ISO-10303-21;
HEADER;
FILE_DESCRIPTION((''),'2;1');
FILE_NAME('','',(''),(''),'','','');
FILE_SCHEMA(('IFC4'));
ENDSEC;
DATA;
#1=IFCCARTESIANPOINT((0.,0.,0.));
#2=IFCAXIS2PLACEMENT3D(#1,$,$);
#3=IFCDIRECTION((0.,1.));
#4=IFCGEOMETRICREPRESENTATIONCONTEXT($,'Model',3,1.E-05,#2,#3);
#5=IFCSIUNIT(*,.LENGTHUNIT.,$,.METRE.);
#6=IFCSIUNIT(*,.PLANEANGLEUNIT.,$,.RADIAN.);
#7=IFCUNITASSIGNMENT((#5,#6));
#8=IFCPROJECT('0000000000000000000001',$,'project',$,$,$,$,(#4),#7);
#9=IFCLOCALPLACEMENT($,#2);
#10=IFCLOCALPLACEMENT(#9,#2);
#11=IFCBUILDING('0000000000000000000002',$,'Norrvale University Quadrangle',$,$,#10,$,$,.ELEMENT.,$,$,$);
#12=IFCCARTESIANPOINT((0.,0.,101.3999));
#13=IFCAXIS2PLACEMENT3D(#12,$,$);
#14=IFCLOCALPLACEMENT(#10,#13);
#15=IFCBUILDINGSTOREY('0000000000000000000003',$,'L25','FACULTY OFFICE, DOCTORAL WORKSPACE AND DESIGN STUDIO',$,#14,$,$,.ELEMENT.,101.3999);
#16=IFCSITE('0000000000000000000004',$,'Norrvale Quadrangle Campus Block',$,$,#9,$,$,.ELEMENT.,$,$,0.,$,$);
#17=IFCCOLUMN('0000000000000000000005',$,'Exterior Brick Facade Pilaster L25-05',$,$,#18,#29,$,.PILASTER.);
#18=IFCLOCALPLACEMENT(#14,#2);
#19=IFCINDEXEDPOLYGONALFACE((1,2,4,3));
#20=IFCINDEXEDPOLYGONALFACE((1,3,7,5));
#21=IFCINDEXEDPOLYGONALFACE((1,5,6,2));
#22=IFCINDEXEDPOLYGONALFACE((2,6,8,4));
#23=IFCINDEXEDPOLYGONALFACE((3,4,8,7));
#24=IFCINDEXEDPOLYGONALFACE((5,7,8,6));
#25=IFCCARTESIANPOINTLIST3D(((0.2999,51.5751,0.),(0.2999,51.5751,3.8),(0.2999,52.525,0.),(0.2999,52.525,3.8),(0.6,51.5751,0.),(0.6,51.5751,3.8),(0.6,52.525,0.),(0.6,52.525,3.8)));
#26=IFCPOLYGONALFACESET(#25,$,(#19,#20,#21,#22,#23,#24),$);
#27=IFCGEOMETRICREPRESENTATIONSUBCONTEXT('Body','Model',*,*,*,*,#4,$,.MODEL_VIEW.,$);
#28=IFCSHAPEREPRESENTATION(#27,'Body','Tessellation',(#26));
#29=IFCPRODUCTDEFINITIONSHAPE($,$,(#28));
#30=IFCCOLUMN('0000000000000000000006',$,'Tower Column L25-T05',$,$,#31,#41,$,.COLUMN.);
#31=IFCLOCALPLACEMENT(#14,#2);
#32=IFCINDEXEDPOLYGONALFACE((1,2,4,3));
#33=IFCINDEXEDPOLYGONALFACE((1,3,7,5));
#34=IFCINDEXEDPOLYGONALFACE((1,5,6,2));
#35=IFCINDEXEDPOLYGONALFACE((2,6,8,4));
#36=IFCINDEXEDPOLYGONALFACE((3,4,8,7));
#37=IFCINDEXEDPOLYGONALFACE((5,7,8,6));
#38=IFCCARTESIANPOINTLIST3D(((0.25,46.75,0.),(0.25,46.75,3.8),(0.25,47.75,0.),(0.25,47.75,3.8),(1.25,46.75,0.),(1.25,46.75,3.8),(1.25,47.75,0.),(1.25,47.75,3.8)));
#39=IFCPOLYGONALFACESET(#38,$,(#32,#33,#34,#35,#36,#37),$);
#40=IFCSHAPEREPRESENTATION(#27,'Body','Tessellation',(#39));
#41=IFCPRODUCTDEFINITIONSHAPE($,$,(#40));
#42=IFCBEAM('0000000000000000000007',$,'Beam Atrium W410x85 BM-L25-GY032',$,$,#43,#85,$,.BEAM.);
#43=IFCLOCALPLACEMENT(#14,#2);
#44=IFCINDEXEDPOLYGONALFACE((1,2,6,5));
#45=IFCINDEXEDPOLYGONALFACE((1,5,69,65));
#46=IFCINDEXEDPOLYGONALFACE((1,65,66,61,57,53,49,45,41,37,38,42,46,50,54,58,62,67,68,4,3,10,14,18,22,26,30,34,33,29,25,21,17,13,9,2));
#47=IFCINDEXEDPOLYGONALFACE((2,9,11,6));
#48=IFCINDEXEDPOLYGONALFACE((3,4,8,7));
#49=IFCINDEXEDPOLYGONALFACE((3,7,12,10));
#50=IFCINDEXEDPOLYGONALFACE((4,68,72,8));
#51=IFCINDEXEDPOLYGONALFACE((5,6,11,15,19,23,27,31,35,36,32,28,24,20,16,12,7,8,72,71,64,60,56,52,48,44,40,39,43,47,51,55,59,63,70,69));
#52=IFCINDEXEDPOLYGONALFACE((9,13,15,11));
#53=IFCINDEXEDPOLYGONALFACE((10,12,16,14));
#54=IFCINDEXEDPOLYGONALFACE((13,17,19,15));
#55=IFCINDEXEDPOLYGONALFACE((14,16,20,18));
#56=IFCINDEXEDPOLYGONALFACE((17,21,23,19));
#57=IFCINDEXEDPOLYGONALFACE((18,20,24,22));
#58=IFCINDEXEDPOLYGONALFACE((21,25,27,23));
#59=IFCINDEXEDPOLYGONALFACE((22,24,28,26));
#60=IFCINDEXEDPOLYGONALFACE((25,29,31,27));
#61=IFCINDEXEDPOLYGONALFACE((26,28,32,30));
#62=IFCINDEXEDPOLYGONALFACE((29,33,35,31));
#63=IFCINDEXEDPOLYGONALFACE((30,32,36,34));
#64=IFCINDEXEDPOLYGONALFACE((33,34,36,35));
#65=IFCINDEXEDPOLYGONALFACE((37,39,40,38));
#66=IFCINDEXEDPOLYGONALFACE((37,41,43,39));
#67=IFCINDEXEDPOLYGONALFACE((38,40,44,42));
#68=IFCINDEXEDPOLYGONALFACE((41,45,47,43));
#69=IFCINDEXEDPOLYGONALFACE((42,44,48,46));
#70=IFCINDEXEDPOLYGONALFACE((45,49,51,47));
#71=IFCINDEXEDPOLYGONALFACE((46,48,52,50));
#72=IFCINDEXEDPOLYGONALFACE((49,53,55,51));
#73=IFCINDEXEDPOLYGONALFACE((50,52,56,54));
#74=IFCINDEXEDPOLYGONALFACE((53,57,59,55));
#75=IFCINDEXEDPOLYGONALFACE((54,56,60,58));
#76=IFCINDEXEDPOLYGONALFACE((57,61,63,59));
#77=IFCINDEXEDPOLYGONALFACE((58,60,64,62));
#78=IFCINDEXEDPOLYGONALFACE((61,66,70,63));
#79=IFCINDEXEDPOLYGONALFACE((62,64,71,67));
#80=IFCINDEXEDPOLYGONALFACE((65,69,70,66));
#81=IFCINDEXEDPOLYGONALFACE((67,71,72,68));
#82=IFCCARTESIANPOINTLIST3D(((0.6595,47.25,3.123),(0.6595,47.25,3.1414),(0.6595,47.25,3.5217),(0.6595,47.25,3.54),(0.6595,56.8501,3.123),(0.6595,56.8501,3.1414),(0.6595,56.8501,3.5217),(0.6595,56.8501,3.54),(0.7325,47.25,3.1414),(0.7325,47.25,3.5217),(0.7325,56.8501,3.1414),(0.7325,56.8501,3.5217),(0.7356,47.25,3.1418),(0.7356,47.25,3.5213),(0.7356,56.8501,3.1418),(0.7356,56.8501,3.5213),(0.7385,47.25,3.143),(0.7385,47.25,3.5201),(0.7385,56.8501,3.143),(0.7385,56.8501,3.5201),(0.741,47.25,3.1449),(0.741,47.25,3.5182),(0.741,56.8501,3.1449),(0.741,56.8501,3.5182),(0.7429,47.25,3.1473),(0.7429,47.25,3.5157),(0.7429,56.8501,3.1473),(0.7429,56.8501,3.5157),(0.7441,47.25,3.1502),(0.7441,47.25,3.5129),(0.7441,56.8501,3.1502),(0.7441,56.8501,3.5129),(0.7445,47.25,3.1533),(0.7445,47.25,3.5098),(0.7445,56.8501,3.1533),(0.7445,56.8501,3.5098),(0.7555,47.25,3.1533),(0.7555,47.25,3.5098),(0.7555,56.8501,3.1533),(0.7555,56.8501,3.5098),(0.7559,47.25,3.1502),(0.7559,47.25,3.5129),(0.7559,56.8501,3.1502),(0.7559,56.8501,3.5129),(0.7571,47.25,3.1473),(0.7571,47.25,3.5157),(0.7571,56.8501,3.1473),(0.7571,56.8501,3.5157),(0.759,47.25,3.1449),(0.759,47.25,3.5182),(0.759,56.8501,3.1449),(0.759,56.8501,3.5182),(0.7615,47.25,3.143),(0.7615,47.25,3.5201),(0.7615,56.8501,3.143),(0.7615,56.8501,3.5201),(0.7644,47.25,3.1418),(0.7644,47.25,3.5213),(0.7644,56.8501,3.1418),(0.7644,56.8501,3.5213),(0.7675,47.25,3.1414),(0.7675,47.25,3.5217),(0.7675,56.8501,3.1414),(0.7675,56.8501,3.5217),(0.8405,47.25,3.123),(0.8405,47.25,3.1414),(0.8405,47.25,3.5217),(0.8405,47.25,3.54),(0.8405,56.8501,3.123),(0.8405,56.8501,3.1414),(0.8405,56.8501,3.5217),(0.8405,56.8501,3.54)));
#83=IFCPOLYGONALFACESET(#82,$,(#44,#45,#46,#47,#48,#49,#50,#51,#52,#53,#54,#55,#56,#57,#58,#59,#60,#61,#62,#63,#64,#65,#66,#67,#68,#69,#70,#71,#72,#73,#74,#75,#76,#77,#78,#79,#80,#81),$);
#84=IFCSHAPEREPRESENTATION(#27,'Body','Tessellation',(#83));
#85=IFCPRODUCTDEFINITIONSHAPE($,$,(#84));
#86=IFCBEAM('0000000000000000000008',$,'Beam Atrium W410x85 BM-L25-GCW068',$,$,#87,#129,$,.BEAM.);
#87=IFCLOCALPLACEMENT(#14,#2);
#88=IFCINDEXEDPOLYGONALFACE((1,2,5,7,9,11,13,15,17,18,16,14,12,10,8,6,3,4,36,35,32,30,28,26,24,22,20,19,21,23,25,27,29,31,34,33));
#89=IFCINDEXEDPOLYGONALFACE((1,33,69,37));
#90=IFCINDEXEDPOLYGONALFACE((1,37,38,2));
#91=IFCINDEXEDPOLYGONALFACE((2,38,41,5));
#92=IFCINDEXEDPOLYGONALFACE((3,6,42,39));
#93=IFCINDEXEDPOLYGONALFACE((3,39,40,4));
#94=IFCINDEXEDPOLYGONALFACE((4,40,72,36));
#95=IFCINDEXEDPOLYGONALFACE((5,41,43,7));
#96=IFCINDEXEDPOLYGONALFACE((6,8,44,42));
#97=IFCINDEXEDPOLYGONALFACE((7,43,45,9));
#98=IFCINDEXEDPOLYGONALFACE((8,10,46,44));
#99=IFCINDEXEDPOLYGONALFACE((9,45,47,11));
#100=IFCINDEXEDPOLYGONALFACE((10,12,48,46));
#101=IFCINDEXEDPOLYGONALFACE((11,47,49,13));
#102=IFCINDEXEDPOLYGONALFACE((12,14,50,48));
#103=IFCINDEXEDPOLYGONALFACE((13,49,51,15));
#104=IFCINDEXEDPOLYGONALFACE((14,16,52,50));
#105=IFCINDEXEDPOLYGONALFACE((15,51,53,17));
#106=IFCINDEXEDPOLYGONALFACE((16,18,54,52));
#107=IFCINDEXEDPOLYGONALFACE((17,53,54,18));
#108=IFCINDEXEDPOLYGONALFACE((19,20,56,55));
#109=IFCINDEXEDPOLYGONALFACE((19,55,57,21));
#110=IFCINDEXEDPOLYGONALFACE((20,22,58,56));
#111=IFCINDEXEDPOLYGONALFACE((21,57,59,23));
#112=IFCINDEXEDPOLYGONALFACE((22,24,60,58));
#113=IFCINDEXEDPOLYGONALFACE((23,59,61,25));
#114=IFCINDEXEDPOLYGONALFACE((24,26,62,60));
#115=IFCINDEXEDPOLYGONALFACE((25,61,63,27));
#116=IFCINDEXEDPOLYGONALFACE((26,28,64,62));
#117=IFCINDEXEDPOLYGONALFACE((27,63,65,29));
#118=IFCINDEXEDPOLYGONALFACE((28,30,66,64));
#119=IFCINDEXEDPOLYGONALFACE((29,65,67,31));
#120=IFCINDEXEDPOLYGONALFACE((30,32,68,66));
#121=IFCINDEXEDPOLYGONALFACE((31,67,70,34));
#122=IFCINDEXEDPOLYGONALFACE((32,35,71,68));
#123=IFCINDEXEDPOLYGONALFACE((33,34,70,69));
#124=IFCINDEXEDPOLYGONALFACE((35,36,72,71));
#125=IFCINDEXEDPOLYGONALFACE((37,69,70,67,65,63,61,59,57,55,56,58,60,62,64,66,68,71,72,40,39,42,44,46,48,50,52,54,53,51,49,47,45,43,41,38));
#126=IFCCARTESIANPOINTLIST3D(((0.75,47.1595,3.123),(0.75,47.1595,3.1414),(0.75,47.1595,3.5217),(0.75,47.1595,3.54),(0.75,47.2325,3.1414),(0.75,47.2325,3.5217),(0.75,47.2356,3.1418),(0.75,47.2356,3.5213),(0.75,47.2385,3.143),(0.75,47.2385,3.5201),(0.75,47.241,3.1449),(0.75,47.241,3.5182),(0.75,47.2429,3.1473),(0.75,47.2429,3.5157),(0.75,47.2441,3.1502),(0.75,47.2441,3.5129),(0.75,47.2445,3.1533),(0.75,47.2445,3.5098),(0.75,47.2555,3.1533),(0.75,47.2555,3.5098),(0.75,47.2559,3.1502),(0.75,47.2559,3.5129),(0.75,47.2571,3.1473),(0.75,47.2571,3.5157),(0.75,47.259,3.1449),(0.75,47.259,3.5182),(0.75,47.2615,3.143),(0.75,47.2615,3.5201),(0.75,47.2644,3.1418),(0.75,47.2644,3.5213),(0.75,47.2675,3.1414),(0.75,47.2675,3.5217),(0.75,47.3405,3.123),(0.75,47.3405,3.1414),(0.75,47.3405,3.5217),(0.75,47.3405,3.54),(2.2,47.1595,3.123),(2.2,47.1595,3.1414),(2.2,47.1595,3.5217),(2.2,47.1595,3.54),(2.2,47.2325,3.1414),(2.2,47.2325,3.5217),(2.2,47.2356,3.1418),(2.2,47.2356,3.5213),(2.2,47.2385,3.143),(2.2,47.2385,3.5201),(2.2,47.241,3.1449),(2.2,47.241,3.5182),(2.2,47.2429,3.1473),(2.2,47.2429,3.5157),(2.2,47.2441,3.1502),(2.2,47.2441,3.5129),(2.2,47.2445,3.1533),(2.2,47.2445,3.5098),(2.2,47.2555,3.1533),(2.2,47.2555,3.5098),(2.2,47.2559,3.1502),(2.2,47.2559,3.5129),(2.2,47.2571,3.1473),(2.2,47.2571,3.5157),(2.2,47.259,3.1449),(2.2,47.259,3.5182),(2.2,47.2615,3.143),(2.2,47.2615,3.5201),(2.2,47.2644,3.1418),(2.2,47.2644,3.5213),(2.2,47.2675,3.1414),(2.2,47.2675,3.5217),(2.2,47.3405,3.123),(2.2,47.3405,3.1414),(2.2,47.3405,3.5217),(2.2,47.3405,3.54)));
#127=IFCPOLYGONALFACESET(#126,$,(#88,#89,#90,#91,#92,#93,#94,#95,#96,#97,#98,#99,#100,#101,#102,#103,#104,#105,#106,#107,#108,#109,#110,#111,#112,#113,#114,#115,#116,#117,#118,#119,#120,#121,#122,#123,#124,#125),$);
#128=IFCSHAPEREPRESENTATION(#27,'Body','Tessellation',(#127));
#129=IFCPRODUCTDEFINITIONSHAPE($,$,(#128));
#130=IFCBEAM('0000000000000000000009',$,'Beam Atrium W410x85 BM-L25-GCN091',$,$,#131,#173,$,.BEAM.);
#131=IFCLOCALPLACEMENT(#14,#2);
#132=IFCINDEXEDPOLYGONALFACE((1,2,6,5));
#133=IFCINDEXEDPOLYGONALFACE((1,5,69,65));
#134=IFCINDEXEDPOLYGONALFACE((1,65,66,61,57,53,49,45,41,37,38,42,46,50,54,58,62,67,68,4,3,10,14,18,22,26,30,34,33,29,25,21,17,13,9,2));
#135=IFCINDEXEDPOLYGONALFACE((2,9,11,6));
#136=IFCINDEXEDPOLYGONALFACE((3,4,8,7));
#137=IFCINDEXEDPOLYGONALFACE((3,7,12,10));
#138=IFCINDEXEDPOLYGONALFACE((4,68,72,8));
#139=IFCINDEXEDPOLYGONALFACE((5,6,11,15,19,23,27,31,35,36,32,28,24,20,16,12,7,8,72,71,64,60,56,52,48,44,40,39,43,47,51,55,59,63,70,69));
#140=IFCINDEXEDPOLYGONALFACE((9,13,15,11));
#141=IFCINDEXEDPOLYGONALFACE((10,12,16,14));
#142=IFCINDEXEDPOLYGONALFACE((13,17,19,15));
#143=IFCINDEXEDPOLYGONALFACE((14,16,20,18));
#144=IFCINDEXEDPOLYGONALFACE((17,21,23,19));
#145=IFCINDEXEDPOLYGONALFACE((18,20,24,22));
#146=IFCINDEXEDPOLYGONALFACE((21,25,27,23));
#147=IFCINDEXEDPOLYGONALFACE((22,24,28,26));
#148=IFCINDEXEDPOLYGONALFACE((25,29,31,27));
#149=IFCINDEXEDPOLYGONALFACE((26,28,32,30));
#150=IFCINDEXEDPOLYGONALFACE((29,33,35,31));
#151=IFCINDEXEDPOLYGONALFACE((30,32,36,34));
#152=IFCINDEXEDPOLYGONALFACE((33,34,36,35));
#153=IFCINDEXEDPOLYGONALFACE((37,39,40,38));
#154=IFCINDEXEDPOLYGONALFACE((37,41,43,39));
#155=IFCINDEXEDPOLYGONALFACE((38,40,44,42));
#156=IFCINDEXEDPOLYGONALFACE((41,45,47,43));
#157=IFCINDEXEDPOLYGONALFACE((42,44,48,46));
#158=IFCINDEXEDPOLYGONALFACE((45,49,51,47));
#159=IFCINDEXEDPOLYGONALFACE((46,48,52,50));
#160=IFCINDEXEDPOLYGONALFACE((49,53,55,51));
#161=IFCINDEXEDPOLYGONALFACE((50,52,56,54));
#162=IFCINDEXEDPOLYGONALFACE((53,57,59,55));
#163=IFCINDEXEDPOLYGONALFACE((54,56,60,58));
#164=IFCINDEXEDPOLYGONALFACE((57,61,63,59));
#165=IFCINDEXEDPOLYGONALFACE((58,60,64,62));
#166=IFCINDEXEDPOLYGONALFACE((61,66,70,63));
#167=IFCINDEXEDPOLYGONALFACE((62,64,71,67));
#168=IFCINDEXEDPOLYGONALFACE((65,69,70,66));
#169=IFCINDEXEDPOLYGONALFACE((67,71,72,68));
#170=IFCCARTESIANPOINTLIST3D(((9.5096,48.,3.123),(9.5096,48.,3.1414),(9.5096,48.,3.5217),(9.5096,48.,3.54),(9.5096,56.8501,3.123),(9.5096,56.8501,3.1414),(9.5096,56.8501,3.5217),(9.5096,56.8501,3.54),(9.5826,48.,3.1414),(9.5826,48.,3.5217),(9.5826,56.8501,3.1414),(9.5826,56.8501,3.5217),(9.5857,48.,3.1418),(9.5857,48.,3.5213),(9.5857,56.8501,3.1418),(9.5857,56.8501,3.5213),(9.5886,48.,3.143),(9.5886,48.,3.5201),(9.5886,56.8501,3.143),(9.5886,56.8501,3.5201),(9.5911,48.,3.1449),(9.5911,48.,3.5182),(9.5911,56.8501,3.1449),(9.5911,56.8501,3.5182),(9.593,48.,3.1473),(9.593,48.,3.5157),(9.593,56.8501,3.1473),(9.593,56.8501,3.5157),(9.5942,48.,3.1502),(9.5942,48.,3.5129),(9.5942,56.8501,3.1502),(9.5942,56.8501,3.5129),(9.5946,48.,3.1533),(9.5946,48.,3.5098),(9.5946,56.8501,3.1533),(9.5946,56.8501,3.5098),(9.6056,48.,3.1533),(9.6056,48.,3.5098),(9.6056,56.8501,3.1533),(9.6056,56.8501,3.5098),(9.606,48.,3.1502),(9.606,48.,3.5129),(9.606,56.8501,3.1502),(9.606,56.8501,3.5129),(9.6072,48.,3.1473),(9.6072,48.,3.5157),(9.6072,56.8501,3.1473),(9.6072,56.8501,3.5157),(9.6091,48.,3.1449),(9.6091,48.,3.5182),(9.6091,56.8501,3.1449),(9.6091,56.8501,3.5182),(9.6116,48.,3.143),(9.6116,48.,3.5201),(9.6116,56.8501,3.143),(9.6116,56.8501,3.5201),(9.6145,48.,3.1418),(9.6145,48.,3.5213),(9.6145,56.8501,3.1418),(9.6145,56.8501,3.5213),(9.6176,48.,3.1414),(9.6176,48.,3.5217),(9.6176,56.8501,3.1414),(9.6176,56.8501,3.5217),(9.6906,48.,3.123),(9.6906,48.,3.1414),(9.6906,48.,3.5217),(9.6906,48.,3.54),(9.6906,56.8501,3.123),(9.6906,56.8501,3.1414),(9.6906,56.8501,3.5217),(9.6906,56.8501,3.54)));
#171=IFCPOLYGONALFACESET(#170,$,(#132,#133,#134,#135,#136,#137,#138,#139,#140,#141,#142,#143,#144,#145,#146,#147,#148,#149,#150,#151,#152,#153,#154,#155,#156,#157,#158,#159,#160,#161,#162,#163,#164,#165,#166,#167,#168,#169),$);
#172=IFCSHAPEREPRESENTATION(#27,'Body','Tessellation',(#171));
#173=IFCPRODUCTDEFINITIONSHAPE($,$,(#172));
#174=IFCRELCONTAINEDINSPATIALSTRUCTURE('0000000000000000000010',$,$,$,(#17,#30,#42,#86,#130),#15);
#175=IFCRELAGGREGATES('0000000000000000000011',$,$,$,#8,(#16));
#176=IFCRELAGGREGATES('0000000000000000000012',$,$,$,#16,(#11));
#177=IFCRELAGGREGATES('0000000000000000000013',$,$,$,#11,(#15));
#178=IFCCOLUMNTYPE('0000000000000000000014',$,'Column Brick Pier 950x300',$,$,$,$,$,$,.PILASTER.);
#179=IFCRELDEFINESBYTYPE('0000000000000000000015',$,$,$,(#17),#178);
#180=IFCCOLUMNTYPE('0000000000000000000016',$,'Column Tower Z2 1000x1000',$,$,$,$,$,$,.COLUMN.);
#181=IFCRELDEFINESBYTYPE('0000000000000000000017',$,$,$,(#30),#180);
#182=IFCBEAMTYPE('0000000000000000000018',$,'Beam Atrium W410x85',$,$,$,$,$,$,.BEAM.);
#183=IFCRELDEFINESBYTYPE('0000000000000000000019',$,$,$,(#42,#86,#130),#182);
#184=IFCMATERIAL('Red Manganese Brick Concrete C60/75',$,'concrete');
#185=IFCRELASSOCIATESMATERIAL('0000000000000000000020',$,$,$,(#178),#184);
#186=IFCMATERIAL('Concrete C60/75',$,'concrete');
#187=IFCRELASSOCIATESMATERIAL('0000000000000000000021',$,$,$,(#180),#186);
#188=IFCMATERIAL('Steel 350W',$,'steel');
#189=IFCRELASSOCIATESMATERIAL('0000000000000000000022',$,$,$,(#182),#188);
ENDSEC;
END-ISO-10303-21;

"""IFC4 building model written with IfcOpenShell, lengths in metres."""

from ifc_helpers import new_model, si_unit, direction, frame, origin, origin_2d, place, context, subcontext, project, spatial, rectangle, i_section, extrude, material, material_profile, profile_set, type_object, element, save


model = new_model("IFC4")

# Units and contexts
model_context = context("Model", 3, precision=1e-05, world=origin(), true_north=direction((0.0, 1.0)))
body_context = subcontext(model_context, "Body", "Model", "MODEL_VIEW")
ifc_project = project(units=[si_unit("LENGTHUNIT", "METRE"), si_unit("PLANEANGLEUNIT", "RADIAN")], contexts=[model_context])

# Site, building, storey
site_placement = place(None, origin())
site = spatial("IfcSite", under=ifc_project, at=site_placement, Name="Norrvale Quadrangle Campus Block", CompositionType="ELEMENT", RefElevation=0.0)
building_placement = place(site_placement, origin())
building = spatial("IfcBuilding", under=site, at=building_placement, Name="Norrvale University Quadrangle", CompositionType="ELEMENT")
storey_placement = place(building_placement, frame((0.0, 0.0, 101.3999)))
storey = spatial("IfcBuildingStorey", under=building, at=storey_placement, Name="L25", Description="FACULTY OFFICE, DOCTORAL WORKSPACE AND DESIGN STUDIO", CompositionType="ELEMENT", Elevation=101.3999)

# Columns
ifc_material_1 = material(Name="Red Manganese Brick Concrete C60/75", Category="concrete")
ifc_material_profile_1 = material_profile(ifc_material_1, rectangle(XDim=0.95, YDim=0.3, at=origin_2d()), Name="Red Manganese Brick Concrete C60/75")
ifc_profile_set_1 = profile_set([ifc_material_profile_1], Name="Red Manganese Brick Concrete C60/75")
column_type_1 = type_object("IfcColumnType", Name="Column Brick Pier 950x300", PredefinedType="PILASTER", material=ifc_profile_set_1)
column_1_placement = place(storey_placement, frame((0.45, 52.05, 0.0), z_axis=(0.0, 0.0, 1.0), x_axis=(0.0, 1.0, 0.0)))
element("IfcColumn", 1, at=column_1_placement, inside=storey, type_object=column_type_1, Name="Exterior Brick Facade Pilaster L25-05", PredefinedType="PILASTER", context=body_context, shape_type="SweptSolid", body=[
    extrude(rectangle(XDim=0.95, YDim=0.3, at=origin_2d()), origin(), (0.0, 0.0, 1.0), 3.8),
])
ifc_material_2 = material(Name="Concrete C60/75", Category="concrete")
ifc_material_profile_2 = material_profile(ifc_material_2, rectangle(XDim=1.0, YDim=1.0, at=origin_2d()), Name="Concrete C60/75")
ifc_profile_set_2 = profile_set([ifc_material_profile_2], Name="Concrete C60/75")
column_type_2 = type_object("IfcColumnType", Name="Column Tower Z2 1000x1000", PredefinedType="COLUMN", material=ifc_profile_set_2)
column_2_placement = place(storey_placement, frame((0.75, 47.25, 0.0), z_axis=(0.0, 0.0, 1.0), x_axis=(1.0, 0.0, 0.0)))
element("IfcColumn", 2, at=column_2_placement, inside=storey, type_object=column_type_2, Name="Tower Column L25-T05", PredefinedType="COLUMN", context=body_context, shape_type="SweptSolid", body=[
    extrude(rectangle(XDim=1.0, YDim=1.0, at=origin_2d()), origin(), (0.0, 0.0, 1.0), 3.8),
])

# Beams
ifc_material_3 = material(Name="Steel 350W", Category="steel")
ifc_material_profile_3 = material_profile(ifc_material_3, i_section(OverallWidth=0.1809, OverallDepth=0.417, WebThickness=0.011, FlangeThickness=0.0183, FilletRadius=0.012, at=origin_2d()), Name="Steel 350W")
ifc_profile_set_3 = profile_set([ifc_material_profile_3], Name="Steel 350W")
beam_type_1 = type_object("IfcBeamType", Name="Beam Atrium W410x85", PredefinedType="BEAM", material=ifc_profile_set_3)
beam_1_placement = place(storey_placement, frame((0.75, 47.25, 3.3315), z_axis=(0.0, 1.0, 0.0), x_axis=(-1.0, 0.0, 0.0)))
element("IfcBeam", 3, at=beam_1_placement, inside=storey, type_object=beam_type_1, Name="Beam Atrium W410x85 BM-L25-GY032", PredefinedType="BEAM", context=body_context, shape_type="SweptSolid", body=[
    extrude(i_section(OverallWidth=0.1809, OverallDepth=0.417, WebThickness=0.011, FlangeThickness=0.0183, FilletRadius=0.012, at=origin_2d()), origin(), (0.0, 0.0, 1.0), 9.6001),
])
beam_2_placement = place(storey_placement, frame((0.75, 47.25, 3.3315), z_axis=(1.0, 0.0, 0.0), x_axis=(0.0, 1.0, 0.0)))
element("IfcBeam", 4, at=beam_2_placement, inside=storey, type_object=beam_type_1, Name="Beam Atrium W410x85 BM-L25-GCW068", PredefinedType="BEAM", context=body_context, shape_type="SweptSolid", body=[
    extrude(i_section(OverallWidth=0.1809, OverallDepth=0.417, WebThickness=0.011, FlangeThickness=0.0183, FilletRadius=0.012, at=origin_2d()), origin(), (0.0, 0.0, 1.0), 1.45),
])
beam_3_placement = place(storey_placement, frame((9.6001, 48.0, 3.3315), z_axis=(0.0, 1.0, 0.0), x_axis=(-1.0, 0.0, 0.0)))
element("IfcBeam", 5, at=beam_3_placement, inside=storey, type_object=beam_type_1, Name="Beam Atrium W410x85 BM-L25-GCN091", PredefinedType="BEAM", context=body_context, shape_type="SweptSolid", body=[
    extrude(i_section(OverallWidth=0.1809, OverallDepth=0.417, WebThickness=0.011, FlangeThickness=0.0183, FilletRadius=0.012, at=origin_2d()), origin(), (0.0, 0.0, 1.0), 8.8501),
])

save(model, "model.ifc")
